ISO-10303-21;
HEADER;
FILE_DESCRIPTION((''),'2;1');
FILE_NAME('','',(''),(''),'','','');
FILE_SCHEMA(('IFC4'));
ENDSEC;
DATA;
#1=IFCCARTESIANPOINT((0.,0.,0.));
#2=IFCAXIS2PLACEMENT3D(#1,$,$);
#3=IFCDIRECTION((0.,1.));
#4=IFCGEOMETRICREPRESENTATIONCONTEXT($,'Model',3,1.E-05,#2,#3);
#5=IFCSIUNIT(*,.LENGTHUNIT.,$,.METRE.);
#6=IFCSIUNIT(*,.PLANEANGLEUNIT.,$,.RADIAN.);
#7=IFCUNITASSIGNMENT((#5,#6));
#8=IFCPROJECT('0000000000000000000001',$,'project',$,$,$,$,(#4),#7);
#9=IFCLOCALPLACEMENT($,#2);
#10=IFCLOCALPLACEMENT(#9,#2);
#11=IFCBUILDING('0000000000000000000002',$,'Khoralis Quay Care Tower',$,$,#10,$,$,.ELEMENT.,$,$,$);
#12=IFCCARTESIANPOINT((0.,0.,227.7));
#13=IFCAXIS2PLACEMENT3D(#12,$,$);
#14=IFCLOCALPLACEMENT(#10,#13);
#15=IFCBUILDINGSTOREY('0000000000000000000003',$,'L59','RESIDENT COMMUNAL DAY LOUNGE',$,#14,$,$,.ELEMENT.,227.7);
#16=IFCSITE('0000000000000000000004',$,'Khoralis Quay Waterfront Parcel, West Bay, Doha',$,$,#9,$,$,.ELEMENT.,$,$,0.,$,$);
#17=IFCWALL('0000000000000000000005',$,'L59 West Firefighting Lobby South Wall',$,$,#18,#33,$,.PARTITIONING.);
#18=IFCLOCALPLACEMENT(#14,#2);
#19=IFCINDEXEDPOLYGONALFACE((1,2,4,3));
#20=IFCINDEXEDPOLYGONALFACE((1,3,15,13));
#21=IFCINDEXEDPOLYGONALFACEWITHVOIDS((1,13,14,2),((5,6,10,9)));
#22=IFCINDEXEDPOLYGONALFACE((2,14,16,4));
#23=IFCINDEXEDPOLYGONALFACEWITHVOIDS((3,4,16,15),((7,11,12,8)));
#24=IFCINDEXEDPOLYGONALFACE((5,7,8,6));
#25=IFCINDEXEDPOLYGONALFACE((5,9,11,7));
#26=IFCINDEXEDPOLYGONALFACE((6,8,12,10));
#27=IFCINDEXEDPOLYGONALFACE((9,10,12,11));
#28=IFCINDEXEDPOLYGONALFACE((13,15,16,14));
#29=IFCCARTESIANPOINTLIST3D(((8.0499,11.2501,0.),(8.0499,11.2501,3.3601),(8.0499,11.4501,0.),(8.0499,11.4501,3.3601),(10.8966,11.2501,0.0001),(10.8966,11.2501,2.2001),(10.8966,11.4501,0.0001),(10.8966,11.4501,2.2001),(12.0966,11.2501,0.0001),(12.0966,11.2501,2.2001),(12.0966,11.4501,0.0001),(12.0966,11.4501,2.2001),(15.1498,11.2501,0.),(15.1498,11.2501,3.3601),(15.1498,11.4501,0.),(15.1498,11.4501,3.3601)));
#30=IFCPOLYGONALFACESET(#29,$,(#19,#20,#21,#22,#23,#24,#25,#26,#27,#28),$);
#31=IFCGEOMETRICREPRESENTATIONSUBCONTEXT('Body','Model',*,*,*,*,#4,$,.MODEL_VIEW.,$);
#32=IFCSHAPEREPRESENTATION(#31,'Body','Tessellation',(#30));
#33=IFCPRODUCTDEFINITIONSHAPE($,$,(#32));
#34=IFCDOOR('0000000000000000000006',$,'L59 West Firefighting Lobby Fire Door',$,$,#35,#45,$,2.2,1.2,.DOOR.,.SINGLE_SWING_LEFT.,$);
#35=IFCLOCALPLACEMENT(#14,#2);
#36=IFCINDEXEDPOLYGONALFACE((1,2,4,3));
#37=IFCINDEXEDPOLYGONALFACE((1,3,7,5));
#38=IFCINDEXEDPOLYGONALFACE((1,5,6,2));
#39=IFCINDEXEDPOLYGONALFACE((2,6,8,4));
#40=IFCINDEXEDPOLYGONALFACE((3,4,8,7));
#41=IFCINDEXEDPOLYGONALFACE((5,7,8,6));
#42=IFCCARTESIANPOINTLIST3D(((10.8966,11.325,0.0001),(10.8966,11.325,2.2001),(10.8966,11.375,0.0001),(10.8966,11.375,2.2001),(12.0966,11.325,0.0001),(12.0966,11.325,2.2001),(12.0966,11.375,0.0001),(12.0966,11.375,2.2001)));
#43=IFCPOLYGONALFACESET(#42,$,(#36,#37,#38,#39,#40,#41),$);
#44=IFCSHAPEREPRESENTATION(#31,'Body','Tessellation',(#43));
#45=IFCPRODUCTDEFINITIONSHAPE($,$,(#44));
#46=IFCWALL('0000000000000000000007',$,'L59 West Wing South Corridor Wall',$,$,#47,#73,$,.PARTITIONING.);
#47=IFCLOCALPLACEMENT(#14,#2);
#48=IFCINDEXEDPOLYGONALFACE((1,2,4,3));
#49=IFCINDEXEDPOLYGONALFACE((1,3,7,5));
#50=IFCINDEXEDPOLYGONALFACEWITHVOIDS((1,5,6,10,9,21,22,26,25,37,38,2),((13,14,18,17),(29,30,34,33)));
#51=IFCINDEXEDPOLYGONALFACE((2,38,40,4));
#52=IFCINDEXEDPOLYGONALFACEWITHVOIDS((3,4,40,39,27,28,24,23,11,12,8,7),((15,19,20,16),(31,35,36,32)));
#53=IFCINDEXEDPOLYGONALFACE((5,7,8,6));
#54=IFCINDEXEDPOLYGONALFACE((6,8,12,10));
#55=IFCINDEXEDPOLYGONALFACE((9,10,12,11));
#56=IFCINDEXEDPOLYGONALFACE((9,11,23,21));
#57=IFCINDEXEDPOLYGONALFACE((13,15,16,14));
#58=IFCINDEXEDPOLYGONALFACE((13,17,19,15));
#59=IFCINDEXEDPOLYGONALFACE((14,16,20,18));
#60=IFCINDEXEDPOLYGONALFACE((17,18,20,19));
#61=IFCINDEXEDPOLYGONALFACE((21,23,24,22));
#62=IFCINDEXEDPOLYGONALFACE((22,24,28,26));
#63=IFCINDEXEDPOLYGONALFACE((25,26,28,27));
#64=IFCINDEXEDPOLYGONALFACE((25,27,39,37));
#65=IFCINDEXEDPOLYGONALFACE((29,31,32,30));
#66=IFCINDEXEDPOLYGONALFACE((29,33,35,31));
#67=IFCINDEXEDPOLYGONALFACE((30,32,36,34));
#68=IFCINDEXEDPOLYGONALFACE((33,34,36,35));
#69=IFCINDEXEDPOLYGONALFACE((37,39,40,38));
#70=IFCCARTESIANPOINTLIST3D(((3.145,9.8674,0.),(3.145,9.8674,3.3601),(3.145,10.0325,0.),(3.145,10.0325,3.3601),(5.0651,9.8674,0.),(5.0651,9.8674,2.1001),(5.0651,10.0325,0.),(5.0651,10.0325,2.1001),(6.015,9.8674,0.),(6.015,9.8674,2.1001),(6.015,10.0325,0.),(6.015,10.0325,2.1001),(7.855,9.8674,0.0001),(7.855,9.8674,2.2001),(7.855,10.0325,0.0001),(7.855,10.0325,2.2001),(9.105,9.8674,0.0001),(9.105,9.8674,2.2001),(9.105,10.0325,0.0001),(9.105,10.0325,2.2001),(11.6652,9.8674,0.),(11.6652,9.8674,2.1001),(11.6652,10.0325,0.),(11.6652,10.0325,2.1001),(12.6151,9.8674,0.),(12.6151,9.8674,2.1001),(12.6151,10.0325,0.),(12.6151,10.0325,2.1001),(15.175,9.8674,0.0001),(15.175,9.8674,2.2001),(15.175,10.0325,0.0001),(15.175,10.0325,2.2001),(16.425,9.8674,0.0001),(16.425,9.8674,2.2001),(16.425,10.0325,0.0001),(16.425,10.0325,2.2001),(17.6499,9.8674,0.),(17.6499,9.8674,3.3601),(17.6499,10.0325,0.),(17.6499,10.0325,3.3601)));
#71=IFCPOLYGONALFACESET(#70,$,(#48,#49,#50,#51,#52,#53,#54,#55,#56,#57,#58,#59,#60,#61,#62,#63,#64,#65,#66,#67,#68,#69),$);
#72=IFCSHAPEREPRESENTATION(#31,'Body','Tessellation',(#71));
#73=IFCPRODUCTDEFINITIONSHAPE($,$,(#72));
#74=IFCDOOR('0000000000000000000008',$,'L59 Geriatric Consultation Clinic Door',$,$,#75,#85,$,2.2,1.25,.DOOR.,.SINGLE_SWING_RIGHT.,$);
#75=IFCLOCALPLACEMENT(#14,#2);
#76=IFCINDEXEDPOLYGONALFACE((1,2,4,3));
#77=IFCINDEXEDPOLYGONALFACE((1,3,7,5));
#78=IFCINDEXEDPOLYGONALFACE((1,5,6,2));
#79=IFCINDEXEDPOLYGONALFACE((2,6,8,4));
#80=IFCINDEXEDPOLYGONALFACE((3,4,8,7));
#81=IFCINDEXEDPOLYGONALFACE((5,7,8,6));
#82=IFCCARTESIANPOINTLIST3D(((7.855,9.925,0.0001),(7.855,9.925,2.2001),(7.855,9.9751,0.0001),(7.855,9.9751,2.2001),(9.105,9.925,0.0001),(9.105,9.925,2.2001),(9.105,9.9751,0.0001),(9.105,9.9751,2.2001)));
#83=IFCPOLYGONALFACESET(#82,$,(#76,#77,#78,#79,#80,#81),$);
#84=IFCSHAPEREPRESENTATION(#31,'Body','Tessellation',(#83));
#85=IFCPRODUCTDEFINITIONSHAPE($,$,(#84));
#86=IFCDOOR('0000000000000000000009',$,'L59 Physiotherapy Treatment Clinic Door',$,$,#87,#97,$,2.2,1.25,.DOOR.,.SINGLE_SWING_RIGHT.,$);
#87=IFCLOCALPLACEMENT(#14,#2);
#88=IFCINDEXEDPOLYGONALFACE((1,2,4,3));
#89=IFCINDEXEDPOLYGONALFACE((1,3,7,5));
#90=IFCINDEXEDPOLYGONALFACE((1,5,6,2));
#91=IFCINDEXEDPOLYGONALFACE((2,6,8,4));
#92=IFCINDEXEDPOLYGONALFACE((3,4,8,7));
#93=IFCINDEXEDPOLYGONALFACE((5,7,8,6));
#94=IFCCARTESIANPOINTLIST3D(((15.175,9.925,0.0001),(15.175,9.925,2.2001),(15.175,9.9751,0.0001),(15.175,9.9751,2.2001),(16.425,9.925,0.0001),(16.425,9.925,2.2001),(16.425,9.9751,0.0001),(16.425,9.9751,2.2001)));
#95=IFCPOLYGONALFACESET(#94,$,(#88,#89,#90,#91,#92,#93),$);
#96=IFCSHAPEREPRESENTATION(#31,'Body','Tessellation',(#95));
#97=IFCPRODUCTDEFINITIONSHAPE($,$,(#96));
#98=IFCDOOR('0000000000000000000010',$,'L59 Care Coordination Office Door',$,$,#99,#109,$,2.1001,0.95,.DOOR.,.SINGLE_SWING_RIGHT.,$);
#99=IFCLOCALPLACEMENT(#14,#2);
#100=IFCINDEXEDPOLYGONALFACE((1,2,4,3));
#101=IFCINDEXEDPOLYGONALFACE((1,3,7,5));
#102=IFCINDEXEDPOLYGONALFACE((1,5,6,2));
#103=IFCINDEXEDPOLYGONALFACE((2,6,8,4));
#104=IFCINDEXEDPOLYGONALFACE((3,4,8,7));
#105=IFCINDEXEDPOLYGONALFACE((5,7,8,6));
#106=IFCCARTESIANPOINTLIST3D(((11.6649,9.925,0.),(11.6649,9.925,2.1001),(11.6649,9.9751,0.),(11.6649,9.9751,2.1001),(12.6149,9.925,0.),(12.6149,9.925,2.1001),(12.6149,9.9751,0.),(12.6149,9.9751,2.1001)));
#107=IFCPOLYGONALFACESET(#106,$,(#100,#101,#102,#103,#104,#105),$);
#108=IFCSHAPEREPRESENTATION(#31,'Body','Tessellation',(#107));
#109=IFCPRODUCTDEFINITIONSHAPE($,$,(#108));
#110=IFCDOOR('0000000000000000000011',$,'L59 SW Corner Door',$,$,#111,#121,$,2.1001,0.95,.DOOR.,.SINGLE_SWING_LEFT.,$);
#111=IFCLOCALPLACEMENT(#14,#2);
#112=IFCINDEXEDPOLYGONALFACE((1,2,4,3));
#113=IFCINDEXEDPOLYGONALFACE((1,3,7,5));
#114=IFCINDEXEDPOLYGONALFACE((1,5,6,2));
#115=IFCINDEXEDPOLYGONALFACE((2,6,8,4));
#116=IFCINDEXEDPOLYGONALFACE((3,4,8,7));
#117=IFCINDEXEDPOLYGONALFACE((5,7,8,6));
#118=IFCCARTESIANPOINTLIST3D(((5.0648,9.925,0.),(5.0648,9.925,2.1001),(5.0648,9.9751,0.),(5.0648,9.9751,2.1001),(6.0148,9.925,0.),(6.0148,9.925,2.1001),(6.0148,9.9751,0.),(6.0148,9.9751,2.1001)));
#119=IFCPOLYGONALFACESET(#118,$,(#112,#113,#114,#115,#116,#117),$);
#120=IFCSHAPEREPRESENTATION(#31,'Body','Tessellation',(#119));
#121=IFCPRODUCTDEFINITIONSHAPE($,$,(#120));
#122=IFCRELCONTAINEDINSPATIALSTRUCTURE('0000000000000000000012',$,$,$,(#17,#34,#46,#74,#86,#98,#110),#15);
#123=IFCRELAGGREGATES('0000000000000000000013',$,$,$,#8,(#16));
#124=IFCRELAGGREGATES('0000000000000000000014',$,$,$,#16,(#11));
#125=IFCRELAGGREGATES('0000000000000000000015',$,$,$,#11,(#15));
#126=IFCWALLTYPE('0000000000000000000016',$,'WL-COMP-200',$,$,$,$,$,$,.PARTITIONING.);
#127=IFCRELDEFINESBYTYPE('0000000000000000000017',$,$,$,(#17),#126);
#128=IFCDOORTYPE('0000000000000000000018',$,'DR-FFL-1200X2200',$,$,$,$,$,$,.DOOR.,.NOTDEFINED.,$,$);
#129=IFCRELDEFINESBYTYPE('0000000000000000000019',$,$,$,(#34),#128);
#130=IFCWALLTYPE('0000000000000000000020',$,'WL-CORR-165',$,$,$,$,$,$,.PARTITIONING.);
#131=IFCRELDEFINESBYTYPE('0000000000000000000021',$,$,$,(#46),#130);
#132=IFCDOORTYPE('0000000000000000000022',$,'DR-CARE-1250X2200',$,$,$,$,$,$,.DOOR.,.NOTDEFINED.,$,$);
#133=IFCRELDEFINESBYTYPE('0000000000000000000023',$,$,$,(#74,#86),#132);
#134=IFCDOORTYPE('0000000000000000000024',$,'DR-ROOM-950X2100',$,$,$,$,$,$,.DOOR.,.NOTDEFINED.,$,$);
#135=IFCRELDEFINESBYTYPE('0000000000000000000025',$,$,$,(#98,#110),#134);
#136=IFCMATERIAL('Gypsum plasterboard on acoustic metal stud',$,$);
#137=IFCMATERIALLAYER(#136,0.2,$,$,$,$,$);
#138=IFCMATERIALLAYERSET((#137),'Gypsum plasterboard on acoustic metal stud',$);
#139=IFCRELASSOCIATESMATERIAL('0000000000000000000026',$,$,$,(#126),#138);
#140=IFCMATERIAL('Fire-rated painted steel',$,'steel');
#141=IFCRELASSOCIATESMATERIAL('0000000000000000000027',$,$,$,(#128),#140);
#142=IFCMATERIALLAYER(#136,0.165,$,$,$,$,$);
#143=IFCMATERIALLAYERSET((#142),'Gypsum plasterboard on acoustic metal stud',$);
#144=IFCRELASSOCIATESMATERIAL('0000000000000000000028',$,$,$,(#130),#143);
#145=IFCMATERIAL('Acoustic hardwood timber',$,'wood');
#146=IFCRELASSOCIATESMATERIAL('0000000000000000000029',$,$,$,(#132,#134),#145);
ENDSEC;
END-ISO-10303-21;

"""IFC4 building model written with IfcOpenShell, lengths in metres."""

from ifc_helpers import new_model, si_unit, direction, frame, frame_2d, origin, place, context, subcontext, project, spatial, rectangle, extrude, source, transform, mapped, material, layer, layer_set, type_object, element, fill, save


model = new_model("IFC4")

# Units and contexts
model_context = context("Model", 3, precision=1e-05, world=origin(), true_north=direction((0.0, 1.0)))
body_context = subcontext(model_context, "Body", "Model", "MODEL_VIEW")
ifc_project = project(units=[si_unit("LENGTHUNIT", "METRE"), si_unit("PLANEANGLEUNIT", "RADIAN")], contexts=[model_context])

# Site, building, storey
site_placement = place(None, origin())
site = spatial("IfcSite", under=ifc_project, at=site_placement, Name="Khoralis Quay Waterfront Parcel, West Bay, Doha", CompositionType="ELEMENT", RefElevation=0.0)
building_placement = place(site_placement, origin())
building = spatial("IfcBuilding", under=site, at=building_placement, Name="Khoralis Quay Care Tower", CompositionType="ELEMENT")
storey_placement = place(building_placement, frame((0.0, 0.0, 227.7)))
storey = spatial("IfcBuildingStorey", under=building, at=storey_placement, Name="L59", Description="RESIDENT COMMUNAL DAY LOUNGE", CompositionType="ELEMENT", Elevation=227.7)

# Wall, opening, door
ifc_material_1 = material(Name="Gypsum plasterboard on acoustic metal stud")
ifc_layer_1 = layer(ifc_material_1, 0.2)
ifc_layer_set_1 = layer_set([ifc_layer_1], Name="Gypsum plasterboard on acoustic metal stud")
wall_type_1 = type_object("IfcWallType", Name="WL-COMP-200", PredefinedType="PARTITIONING", material=ifc_layer_set_1)
wall_1_placement = place(storey_placement, frame((8.05, 11.3501, 0.0), z_axis=(0.0, 0.0, 1.0), x_axis=(1.0, 0.0, 0.0)))
wall_1 = element("IfcWall", 1, at=wall_1_placement, inside=storey, type_object=wall_type_1, Name="L59 West Firefighting Lobby South Wall", PredefinedType="PARTITIONING", context=body_context, shape_type="SweptSolid", body=[
    extrude(rectangle(XDim=7.0999, YDim=0.2, at=frame_2d((3.5498, 0.0))), origin(), (0.0, 0.0, 1.0), 3.3601),
])
opening_1_placement = place(wall_1_placement, frame((2.8464, 0.0, 0.0)))
opening_1 = element("IfcOpeningElement", 2, at=opening_1_placement, cuts=wall_1, PredefinedType="OPENING", context=body_context, shape_type="SweptSolid", body=[
    extrude(rectangle(XDim=1.2, YDim=2.2, at=frame_2d((0.6001, 1.1001))), frame((0.0, 0.1099, 0.0), z_axis=(0.0, -1.0, 0.0), x_axis=(1.0, 0.0, 0.0)), (0.0, 0.0, 1.0), 0.22),
])
ifc_material_2 = material(Name="Fire-rated painted steel", Category="steel")
door_type_1 = type_object("IfcDoorType", Name="DR-FFL-1200X2200", OperationType="NOTDEFINED", PredefinedType="DOOR", material=ifc_material_2)
shared_shape_1 = source(origin(), body_context, "Body", "SweptSolid", [
    extrude(rectangle(XDim=1.2, YDim=2.2, at=frame_2d((0.6001, 1.1001))), frame((0.0, 0.0249, 0.0), z_axis=(0.0, -1.0, 0.0), x_axis=(1.0, 0.0, 0.0)), (0.0, 0.0, 1.0), 0.05),
])
door_1_placement = place(opening_1_placement, origin())
door_1 = element("IfcDoor", 3, at=door_1_placement, inside=storey, type_object=door_type_1, Name="L59 West Firefighting Lobby Fire Door", OperationType="SINGLE_SWING_LEFT", OverallHeight=2.2, OverallWidth=1.2, PredefinedType="DOOR", context=body_context, shape_type="MappedRepresentation", body=[
    mapped(shared_shape_1, transform((0.0, 0.0, 0.0), scale=1.0)),
])
fill(opening_1, door_1)

# Wall, openings, doors
ifc_layer_2 = layer(ifc_material_1, 0.165)
ifc_layer_set_2 = layer_set([ifc_layer_2], Name="Gypsum plasterboard on acoustic metal stud")
wall_type_2 = type_object("IfcWallType", Name="WL-CORR-165", PredefinedType="PARTITIONING", material=ifc_layer_set_2)
wall_2_placement = place(storey_placement, frame((3.145, 9.95, 0.0), z_axis=(0.0, 0.0, 1.0), x_axis=(1.0, 0.0, 0.0)))
wall_2 = element("IfcWall", 4, at=wall_2_placement, inside=storey, type_object=wall_type_2, Name="L59 West Wing South Corridor Wall", PredefinedType="PARTITIONING", context=body_context, shape_type="SweptSolid", body=[
    extrude(rectangle(XDim=14.5049, YDim=0.165, at=frame_2d((7.2524, 0.0))), origin(), (0.0, 0.0, 1.0), 3.3601),
])
opening_2_placement = place(wall_2_placement, frame((4.71, 0.0, 0.0)))
opening_2 = element("IfcOpeningElement", 5, at=opening_2_placement, cuts=wall_2, PredefinedType="OPENING", context=body_context, shape_type="SweptSolid", body=[
    extrude(rectangle(XDim=1.25, YDim=2.2, at=frame_2d((0.625, 1.1001))), frame((0.0, 0.0925, 0.0), z_axis=(0.0, -1.0, 0.0), x_axis=(1.0, 0.0, 0.0)), (0.0, 0.0, 1.0), 0.1851),
])
opening_3_placement = place(wall_2_placement, frame((8.52, 0.0, 0.0)))
opening_3 = element("IfcOpeningElement", 6, at=opening_3_placement, cuts=wall_2, PredefinedType="OPENING", context=body_context, shape_type="SweptSolid", body=[
    extrude(rectangle(XDim=0.95, YDim=2.1001, at=frame_2d((0.4751, 1.05))), frame((0.0, 0.0925, 0.0), z_axis=(0.0, -1.0, 0.0), x_axis=(1.0, 0.0, 0.0)), (0.0, 0.0, 1.0), 0.1851),
])
opening_4_placement = place(wall_2_placement, frame((12.03, 0.0, 0.0)))
opening_4 = element("IfcOpeningElement", 7, at=opening_4_placement, cuts=wall_2, PredefinedType="OPENING", context=body_context, shape_type="SweptSolid", body=[
    extrude(rectangle(XDim=1.25, YDim=2.2, at=frame_2d((0.625, 1.1001))), frame((0.0, 0.0925, 0.0), z_axis=(0.0, -1.0, 0.0), x_axis=(1.0, 0.0, 0.0)), (0.0, 0.0, 1.0), 0.1851),
])
opening_5_placement = place(wall_2_placement, frame((1.9199, 0.0, 0.0)))
opening_5 = element("IfcOpeningElement", 8, at=opening_5_placement, cuts=wall_2, PredefinedType="OPENING", context=body_context, shape_type="SweptSolid", body=[
    extrude(rectangle(XDim=0.95, YDim=2.1001, at=frame_2d((0.4751, 1.05))), frame((0.0, 0.0925, 0.0), z_axis=(0.0, -1.0, 0.0), x_axis=(1.0, 0.0, 0.0)), (0.0, 0.0, 1.0), 0.1851),
])
ifc_material_3 = material(Name="Acoustic hardwood timber", Category="wood")
door_type_2 = type_object("IfcDoorType", Name="DR-CARE-1250X2200", OperationType="NOTDEFINED", PredefinedType="DOOR", material=ifc_material_3)
shared_shape_2 = source(origin(), body_context, "Body", "SweptSolid", [
    extrude(rectangle(XDim=1.25, YDim=2.2, at=frame_2d((0.625, 1.1001))), frame((0.0, 0.0249, 0.0), z_axis=(0.0, -1.0, 0.0), x_axis=(1.0, 0.0, 0.0)), (0.0, 0.0, 1.0), 0.05),
])
door_2_placement = place(opening_2_placement, frame((1.25, 0.0, 0.0), z_axis=(0.0, 0.0, 1.0), x_axis=(-1.0, 0.0, 0.0)))
door_2 = element("IfcDoor", 9, at=door_2_placement, inside=storey, type_object=door_type_2, Name="L59 Geriatric Consultation Clinic Door", OperationType="SINGLE_SWING_RIGHT", OverallHeight=2.2, OverallWidth=1.25, PredefinedType="DOOR", context=body_context, shape_type="MappedRepresentation", body=[
    mapped(shared_shape_2, transform((0.0, 0.0, 0.0), scale=1.0)),
])
fill(opening_2, door_2)
door_3_placement = place(opening_4_placement, frame((1.25, 0.0, 0.0), z_axis=(0.0, 0.0, 1.0), x_axis=(-1.0, 0.0, 0.0)))
door_3 = element("IfcDoor", 10, at=door_3_placement, inside=storey, type_object=door_type_2, Name="L59 Physiotherapy Treatment Clinic Door", OperationType="SINGLE_SWING_RIGHT", OverallHeight=2.2, OverallWidth=1.25, PredefinedType="DOOR", context=body_context, shape_type="MappedRepresentation", body=[
    mapped(shared_shape_2, transform((0.0, 0.0, 0.0), scale=1.0)),
])
fill(opening_4, door_3)
door_type_3 = type_object("IfcDoorType", Name="DR-ROOM-950X2100", OperationType="NOTDEFINED", PredefinedType="DOOR", material=ifc_material_3)
shared_shape_3 = source(origin(), body_context, "Body", "SweptSolid", [
    extrude(rectangle(XDim=0.95, YDim=2.1001, at=frame_2d((0.4751, 1.05))), frame((0.0, 0.0249, 0.0), z_axis=(0.0, -1.0, 0.0), x_axis=(1.0, 0.0, 0.0)), (0.0, 0.0, 1.0), 0.05),
])
door_4_placement = place(opening_3_placement, frame((0.95, 0.0, 0.0), z_axis=(0.0, 0.0, 1.0), x_axis=(-1.0, 0.0, 0.0)))
door_4 = element("IfcDoor", 11, at=door_4_placement, inside=storey, type_object=door_type_3, Name="L59 Care Coordination Office Door", OperationType="SINGLE_SWING_RIGHT", OverallHeight=2.1001, OverallWidth=0.95, PredefinedType="DOOR", context=body_context, shape_type="MappedRepresentation", body=[
    mapped(shared_shape_3, transform((0.0, 0.0, 0.0), scale=1.0)),
])
fill(opening_3, door_4)
door_5_placement = place(opening_5_placement, frame((0.95, 0.0, 0.0), z_axis=(0.0, 0.0, 1.0), x_axis=(-1.0, 0.0, 0.0)))
door_5 = element("IfcDoor", 12, at=door_5_placement, inside=storey, type_object=door_type_3, Name="L59 SW Corner Door", OperationType="SINGLE_SWING_LEFT", OverallHeight=2.1001, OverallWidth=0.95, PredefinedType="DOOR", context=body_context, shape_type="MappedRepresentation", body=[
    mapped(shared_shape_3, transform((0.0, 0.0, 0.0), scale=1.0)),
])
fill(opening_5, door_5)

save(model, "model.ifc")
